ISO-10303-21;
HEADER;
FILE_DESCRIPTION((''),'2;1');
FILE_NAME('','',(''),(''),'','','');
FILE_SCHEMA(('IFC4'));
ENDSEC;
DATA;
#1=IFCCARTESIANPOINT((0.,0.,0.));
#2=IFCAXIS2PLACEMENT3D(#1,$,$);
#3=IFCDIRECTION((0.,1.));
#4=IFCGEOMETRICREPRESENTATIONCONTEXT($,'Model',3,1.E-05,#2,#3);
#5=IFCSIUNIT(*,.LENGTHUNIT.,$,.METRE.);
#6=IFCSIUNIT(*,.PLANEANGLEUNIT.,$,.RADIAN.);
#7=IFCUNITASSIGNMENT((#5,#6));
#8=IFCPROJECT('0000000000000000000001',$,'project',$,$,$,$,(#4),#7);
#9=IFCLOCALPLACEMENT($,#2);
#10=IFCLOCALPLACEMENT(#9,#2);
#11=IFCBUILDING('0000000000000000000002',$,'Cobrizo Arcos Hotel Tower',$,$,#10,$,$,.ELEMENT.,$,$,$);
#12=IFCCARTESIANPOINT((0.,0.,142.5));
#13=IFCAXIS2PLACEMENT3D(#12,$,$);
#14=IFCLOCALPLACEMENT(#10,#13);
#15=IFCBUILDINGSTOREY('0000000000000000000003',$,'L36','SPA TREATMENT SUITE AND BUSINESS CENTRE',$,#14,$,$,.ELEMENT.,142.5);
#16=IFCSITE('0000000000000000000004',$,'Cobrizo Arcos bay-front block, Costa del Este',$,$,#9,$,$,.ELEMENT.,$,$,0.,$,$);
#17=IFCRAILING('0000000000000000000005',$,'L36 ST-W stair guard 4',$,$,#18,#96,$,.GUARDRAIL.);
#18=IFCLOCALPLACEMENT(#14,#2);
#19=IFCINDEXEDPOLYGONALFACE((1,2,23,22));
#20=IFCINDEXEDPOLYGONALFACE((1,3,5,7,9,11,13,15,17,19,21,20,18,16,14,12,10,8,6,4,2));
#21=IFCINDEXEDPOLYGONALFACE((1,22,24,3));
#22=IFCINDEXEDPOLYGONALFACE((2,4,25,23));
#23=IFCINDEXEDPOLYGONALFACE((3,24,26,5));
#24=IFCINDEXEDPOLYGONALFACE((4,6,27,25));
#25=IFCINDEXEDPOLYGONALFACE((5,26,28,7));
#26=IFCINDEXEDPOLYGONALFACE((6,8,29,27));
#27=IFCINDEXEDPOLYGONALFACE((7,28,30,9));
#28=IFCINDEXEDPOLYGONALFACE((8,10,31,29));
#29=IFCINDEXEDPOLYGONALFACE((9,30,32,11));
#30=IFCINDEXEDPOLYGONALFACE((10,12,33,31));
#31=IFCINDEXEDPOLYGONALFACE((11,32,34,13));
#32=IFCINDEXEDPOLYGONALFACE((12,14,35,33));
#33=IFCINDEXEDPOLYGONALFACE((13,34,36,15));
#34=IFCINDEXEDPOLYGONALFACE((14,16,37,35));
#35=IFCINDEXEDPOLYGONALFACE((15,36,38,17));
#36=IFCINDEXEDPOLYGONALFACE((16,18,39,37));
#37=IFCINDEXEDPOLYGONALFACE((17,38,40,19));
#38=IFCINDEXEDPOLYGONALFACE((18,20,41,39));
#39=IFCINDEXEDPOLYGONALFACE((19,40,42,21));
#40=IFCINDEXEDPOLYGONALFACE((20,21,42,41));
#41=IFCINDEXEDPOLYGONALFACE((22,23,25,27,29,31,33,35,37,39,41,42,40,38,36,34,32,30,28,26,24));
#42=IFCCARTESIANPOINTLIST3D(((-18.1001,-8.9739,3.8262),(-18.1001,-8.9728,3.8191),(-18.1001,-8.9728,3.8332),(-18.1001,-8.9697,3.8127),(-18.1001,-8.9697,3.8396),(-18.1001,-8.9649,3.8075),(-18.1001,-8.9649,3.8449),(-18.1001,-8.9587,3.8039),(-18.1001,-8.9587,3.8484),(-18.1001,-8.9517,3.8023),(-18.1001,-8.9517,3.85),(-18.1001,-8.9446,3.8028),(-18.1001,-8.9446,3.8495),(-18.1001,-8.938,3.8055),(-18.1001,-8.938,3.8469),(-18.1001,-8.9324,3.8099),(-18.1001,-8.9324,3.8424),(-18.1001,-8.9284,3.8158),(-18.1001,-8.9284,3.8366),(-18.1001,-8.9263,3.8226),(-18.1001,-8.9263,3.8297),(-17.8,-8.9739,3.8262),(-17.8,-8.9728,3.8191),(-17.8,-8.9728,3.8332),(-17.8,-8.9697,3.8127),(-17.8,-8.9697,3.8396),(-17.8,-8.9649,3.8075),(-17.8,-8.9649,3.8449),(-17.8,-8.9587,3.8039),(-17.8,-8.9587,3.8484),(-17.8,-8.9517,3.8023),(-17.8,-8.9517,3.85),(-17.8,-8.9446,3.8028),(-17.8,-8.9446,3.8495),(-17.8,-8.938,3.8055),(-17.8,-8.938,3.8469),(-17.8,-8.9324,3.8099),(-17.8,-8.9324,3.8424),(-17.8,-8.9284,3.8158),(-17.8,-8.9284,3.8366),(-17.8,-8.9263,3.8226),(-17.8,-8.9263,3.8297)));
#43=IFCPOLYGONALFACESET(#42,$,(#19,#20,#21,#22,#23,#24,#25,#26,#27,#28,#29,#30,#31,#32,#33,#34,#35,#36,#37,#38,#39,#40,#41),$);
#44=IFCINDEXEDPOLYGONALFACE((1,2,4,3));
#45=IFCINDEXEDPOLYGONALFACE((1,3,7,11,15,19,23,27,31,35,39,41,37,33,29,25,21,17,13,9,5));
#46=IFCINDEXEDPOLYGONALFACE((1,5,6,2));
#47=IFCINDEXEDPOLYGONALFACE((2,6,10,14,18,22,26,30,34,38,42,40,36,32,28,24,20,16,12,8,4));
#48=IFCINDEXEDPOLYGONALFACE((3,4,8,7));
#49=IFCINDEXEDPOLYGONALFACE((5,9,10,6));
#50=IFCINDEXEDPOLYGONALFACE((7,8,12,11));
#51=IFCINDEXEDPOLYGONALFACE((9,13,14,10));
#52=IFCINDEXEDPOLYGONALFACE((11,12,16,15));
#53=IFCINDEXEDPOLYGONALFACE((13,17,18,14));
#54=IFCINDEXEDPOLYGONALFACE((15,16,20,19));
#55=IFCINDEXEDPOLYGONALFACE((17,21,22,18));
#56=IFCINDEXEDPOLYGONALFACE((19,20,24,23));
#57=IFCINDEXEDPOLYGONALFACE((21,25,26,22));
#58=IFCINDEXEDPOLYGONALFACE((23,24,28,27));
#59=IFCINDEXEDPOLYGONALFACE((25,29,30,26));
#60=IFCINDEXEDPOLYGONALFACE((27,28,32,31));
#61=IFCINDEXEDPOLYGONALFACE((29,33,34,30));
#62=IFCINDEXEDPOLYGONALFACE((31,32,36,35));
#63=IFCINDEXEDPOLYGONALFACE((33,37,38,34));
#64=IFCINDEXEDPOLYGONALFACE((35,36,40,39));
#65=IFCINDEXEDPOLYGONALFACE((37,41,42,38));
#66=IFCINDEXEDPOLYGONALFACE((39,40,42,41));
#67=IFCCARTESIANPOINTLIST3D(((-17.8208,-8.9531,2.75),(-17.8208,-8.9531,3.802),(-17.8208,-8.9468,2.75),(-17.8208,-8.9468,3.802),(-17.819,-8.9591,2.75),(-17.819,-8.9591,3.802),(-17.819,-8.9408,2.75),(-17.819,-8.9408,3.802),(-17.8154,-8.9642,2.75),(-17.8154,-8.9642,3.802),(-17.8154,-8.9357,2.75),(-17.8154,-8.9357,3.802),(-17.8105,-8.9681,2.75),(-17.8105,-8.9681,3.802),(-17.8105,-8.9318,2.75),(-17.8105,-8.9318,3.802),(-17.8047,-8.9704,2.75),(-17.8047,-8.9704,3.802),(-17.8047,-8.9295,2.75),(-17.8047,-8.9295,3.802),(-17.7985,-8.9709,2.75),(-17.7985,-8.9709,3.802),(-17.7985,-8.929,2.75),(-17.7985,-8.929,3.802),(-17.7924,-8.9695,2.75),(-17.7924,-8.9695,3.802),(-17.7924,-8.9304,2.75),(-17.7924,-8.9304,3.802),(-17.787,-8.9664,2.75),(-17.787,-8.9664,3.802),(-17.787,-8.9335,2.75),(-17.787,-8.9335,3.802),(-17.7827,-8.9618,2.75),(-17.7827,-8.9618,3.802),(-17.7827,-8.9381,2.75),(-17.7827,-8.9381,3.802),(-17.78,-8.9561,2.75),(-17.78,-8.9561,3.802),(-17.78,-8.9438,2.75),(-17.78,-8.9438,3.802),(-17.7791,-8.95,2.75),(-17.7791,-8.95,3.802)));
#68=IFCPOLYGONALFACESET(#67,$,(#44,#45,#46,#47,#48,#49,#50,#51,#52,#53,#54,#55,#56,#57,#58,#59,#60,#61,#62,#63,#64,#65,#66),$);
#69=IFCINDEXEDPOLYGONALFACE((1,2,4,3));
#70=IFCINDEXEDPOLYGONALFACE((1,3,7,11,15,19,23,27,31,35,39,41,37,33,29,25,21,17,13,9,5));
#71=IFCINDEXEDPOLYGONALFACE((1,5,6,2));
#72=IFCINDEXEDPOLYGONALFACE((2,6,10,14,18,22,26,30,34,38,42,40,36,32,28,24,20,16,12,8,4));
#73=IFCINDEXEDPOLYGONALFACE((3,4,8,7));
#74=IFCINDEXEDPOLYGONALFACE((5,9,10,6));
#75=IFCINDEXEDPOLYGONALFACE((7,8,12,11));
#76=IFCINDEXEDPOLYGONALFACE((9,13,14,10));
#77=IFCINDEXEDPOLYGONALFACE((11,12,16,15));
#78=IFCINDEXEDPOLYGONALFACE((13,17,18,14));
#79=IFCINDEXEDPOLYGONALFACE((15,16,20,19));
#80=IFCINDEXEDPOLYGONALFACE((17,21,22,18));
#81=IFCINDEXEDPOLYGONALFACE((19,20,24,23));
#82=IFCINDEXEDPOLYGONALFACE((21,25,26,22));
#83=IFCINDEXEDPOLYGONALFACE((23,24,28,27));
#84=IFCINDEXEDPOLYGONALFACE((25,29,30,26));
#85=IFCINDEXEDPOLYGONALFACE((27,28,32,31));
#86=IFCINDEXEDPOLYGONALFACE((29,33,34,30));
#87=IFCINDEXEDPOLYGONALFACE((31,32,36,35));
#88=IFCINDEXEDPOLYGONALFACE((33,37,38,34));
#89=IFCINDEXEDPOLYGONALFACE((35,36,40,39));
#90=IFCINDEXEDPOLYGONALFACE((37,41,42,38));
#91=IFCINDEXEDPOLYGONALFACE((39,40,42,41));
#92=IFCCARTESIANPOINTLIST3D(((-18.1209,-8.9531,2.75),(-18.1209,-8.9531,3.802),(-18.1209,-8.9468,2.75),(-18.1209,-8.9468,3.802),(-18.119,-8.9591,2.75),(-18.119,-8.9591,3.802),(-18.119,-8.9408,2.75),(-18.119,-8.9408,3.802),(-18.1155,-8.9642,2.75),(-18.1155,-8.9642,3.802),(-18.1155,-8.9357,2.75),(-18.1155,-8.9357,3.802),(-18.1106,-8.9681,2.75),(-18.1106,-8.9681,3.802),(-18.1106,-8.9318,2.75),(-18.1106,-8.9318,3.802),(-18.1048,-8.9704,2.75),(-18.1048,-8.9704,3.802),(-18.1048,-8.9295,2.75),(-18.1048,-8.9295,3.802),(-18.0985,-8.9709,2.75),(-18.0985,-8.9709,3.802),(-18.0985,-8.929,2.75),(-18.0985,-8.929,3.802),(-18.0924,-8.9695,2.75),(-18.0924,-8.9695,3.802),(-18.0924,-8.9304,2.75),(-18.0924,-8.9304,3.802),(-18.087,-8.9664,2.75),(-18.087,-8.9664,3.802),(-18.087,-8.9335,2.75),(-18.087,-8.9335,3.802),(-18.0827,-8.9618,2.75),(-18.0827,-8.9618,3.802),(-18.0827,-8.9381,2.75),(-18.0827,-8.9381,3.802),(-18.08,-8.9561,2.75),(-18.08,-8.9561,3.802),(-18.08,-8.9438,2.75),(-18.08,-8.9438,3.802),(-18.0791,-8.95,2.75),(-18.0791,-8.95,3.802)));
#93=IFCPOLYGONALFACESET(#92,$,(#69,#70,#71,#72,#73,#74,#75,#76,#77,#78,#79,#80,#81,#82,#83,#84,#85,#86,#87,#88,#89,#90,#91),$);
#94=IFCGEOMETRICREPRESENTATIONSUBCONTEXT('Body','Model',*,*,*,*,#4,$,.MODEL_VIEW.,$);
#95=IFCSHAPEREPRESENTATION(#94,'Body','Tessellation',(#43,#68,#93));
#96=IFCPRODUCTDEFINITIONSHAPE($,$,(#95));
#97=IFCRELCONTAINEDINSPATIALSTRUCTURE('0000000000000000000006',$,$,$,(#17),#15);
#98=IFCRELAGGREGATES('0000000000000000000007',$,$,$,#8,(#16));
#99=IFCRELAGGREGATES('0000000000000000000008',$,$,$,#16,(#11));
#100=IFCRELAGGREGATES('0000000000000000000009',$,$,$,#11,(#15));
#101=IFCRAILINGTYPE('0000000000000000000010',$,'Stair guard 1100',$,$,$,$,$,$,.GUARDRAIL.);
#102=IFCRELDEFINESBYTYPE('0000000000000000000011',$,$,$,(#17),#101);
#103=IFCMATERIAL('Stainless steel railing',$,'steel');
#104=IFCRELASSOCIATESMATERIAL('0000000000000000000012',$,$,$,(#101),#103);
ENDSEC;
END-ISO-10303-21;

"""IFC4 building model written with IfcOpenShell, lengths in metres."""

from ifc_helpers import new_model, si_unit, direction, frame, origin, origin_2d, place, context, subcontext, project, spatial, circle, extrude, material, type_object, element, save


model = new_model("IFC4")

# Units and contexts
model_context = context("Model", 3, precision=1e-05, world=origin(), true_north=direction((0.0, 1.0)))
body_context = subcontext(model_context, "Body", "Model", "MODEL_VIEW")
ifc_project = project(units=[si_unit("LENGTHUNIT", "METRE"), si_unit("PLANEANGLEUNIT", "RADIAN")], contexts=[model_context])

# Site, building, storey
site_placement = place(None, origin())
site = spatial("IfcSite", under=ifc_project, at=site_placement, Name="Cobrizo Arcos bay-front block, Costa del Este", CompositionType="ELEMENT", RefElevation=0.0)
building_placement = place(site_placement, origin())
building = spatial("IfcBuilding", under=site, at=building_placement, Name="Cobrizo Arcos Hotel Tower", CompositionType="ELEMENT")
storey_placement = place(building_placement, frame((0.0, 0.0, 142.5)))
storey = spatial("IfcBuildingStorey", under=building, at=storey_placement, Name="L36", Description="SPA TREATMENT SUITE AND BUSINESS CENTRE", CompositionType="ELEMENT", Elevation=142.5)

# Railing
ifc_material_1 = material(Name="Stainless steel railing", Category="steel")
railing_type_1 = type_object("IfcRailingType", Name="Stair guard 1100", PredefinedType="GUARDRAIL", material=ifc_material_1)
railing_1_placement = place(storey_placement, frame((-17.8, -8.95, 2.75)))
element("IfcRailing", 1, at=railing_1_placement, inside=storey, type_object=railing_type_1, Name="L36 ST-W stair guard 4", PredefinedType="GUARDRAIL", context=body_context, shape_type="SweptSolid", body=[
    extrude(circle(Radius=0.0239, at=origin_2d()), frame((0.0, 0.0, 1.0762), z_axis=(-1.0, 0.0, 0.0), x_axis=(0.0, -1.0, 0.0)), (0.0, 0.0, 1.0), 0.3),
    extrude(circle(Radius=0.021, at=origin_2d()), origin(), (0.0, 0.0, 1.0), 1.052),
    extrude(circle(Radius=0.021, at=origin_2d()), frame((-0.3, 0.0, 0.0)), (0.0, 0.0, 1.0), 1.052),
])

save(model, "model.ifc")
